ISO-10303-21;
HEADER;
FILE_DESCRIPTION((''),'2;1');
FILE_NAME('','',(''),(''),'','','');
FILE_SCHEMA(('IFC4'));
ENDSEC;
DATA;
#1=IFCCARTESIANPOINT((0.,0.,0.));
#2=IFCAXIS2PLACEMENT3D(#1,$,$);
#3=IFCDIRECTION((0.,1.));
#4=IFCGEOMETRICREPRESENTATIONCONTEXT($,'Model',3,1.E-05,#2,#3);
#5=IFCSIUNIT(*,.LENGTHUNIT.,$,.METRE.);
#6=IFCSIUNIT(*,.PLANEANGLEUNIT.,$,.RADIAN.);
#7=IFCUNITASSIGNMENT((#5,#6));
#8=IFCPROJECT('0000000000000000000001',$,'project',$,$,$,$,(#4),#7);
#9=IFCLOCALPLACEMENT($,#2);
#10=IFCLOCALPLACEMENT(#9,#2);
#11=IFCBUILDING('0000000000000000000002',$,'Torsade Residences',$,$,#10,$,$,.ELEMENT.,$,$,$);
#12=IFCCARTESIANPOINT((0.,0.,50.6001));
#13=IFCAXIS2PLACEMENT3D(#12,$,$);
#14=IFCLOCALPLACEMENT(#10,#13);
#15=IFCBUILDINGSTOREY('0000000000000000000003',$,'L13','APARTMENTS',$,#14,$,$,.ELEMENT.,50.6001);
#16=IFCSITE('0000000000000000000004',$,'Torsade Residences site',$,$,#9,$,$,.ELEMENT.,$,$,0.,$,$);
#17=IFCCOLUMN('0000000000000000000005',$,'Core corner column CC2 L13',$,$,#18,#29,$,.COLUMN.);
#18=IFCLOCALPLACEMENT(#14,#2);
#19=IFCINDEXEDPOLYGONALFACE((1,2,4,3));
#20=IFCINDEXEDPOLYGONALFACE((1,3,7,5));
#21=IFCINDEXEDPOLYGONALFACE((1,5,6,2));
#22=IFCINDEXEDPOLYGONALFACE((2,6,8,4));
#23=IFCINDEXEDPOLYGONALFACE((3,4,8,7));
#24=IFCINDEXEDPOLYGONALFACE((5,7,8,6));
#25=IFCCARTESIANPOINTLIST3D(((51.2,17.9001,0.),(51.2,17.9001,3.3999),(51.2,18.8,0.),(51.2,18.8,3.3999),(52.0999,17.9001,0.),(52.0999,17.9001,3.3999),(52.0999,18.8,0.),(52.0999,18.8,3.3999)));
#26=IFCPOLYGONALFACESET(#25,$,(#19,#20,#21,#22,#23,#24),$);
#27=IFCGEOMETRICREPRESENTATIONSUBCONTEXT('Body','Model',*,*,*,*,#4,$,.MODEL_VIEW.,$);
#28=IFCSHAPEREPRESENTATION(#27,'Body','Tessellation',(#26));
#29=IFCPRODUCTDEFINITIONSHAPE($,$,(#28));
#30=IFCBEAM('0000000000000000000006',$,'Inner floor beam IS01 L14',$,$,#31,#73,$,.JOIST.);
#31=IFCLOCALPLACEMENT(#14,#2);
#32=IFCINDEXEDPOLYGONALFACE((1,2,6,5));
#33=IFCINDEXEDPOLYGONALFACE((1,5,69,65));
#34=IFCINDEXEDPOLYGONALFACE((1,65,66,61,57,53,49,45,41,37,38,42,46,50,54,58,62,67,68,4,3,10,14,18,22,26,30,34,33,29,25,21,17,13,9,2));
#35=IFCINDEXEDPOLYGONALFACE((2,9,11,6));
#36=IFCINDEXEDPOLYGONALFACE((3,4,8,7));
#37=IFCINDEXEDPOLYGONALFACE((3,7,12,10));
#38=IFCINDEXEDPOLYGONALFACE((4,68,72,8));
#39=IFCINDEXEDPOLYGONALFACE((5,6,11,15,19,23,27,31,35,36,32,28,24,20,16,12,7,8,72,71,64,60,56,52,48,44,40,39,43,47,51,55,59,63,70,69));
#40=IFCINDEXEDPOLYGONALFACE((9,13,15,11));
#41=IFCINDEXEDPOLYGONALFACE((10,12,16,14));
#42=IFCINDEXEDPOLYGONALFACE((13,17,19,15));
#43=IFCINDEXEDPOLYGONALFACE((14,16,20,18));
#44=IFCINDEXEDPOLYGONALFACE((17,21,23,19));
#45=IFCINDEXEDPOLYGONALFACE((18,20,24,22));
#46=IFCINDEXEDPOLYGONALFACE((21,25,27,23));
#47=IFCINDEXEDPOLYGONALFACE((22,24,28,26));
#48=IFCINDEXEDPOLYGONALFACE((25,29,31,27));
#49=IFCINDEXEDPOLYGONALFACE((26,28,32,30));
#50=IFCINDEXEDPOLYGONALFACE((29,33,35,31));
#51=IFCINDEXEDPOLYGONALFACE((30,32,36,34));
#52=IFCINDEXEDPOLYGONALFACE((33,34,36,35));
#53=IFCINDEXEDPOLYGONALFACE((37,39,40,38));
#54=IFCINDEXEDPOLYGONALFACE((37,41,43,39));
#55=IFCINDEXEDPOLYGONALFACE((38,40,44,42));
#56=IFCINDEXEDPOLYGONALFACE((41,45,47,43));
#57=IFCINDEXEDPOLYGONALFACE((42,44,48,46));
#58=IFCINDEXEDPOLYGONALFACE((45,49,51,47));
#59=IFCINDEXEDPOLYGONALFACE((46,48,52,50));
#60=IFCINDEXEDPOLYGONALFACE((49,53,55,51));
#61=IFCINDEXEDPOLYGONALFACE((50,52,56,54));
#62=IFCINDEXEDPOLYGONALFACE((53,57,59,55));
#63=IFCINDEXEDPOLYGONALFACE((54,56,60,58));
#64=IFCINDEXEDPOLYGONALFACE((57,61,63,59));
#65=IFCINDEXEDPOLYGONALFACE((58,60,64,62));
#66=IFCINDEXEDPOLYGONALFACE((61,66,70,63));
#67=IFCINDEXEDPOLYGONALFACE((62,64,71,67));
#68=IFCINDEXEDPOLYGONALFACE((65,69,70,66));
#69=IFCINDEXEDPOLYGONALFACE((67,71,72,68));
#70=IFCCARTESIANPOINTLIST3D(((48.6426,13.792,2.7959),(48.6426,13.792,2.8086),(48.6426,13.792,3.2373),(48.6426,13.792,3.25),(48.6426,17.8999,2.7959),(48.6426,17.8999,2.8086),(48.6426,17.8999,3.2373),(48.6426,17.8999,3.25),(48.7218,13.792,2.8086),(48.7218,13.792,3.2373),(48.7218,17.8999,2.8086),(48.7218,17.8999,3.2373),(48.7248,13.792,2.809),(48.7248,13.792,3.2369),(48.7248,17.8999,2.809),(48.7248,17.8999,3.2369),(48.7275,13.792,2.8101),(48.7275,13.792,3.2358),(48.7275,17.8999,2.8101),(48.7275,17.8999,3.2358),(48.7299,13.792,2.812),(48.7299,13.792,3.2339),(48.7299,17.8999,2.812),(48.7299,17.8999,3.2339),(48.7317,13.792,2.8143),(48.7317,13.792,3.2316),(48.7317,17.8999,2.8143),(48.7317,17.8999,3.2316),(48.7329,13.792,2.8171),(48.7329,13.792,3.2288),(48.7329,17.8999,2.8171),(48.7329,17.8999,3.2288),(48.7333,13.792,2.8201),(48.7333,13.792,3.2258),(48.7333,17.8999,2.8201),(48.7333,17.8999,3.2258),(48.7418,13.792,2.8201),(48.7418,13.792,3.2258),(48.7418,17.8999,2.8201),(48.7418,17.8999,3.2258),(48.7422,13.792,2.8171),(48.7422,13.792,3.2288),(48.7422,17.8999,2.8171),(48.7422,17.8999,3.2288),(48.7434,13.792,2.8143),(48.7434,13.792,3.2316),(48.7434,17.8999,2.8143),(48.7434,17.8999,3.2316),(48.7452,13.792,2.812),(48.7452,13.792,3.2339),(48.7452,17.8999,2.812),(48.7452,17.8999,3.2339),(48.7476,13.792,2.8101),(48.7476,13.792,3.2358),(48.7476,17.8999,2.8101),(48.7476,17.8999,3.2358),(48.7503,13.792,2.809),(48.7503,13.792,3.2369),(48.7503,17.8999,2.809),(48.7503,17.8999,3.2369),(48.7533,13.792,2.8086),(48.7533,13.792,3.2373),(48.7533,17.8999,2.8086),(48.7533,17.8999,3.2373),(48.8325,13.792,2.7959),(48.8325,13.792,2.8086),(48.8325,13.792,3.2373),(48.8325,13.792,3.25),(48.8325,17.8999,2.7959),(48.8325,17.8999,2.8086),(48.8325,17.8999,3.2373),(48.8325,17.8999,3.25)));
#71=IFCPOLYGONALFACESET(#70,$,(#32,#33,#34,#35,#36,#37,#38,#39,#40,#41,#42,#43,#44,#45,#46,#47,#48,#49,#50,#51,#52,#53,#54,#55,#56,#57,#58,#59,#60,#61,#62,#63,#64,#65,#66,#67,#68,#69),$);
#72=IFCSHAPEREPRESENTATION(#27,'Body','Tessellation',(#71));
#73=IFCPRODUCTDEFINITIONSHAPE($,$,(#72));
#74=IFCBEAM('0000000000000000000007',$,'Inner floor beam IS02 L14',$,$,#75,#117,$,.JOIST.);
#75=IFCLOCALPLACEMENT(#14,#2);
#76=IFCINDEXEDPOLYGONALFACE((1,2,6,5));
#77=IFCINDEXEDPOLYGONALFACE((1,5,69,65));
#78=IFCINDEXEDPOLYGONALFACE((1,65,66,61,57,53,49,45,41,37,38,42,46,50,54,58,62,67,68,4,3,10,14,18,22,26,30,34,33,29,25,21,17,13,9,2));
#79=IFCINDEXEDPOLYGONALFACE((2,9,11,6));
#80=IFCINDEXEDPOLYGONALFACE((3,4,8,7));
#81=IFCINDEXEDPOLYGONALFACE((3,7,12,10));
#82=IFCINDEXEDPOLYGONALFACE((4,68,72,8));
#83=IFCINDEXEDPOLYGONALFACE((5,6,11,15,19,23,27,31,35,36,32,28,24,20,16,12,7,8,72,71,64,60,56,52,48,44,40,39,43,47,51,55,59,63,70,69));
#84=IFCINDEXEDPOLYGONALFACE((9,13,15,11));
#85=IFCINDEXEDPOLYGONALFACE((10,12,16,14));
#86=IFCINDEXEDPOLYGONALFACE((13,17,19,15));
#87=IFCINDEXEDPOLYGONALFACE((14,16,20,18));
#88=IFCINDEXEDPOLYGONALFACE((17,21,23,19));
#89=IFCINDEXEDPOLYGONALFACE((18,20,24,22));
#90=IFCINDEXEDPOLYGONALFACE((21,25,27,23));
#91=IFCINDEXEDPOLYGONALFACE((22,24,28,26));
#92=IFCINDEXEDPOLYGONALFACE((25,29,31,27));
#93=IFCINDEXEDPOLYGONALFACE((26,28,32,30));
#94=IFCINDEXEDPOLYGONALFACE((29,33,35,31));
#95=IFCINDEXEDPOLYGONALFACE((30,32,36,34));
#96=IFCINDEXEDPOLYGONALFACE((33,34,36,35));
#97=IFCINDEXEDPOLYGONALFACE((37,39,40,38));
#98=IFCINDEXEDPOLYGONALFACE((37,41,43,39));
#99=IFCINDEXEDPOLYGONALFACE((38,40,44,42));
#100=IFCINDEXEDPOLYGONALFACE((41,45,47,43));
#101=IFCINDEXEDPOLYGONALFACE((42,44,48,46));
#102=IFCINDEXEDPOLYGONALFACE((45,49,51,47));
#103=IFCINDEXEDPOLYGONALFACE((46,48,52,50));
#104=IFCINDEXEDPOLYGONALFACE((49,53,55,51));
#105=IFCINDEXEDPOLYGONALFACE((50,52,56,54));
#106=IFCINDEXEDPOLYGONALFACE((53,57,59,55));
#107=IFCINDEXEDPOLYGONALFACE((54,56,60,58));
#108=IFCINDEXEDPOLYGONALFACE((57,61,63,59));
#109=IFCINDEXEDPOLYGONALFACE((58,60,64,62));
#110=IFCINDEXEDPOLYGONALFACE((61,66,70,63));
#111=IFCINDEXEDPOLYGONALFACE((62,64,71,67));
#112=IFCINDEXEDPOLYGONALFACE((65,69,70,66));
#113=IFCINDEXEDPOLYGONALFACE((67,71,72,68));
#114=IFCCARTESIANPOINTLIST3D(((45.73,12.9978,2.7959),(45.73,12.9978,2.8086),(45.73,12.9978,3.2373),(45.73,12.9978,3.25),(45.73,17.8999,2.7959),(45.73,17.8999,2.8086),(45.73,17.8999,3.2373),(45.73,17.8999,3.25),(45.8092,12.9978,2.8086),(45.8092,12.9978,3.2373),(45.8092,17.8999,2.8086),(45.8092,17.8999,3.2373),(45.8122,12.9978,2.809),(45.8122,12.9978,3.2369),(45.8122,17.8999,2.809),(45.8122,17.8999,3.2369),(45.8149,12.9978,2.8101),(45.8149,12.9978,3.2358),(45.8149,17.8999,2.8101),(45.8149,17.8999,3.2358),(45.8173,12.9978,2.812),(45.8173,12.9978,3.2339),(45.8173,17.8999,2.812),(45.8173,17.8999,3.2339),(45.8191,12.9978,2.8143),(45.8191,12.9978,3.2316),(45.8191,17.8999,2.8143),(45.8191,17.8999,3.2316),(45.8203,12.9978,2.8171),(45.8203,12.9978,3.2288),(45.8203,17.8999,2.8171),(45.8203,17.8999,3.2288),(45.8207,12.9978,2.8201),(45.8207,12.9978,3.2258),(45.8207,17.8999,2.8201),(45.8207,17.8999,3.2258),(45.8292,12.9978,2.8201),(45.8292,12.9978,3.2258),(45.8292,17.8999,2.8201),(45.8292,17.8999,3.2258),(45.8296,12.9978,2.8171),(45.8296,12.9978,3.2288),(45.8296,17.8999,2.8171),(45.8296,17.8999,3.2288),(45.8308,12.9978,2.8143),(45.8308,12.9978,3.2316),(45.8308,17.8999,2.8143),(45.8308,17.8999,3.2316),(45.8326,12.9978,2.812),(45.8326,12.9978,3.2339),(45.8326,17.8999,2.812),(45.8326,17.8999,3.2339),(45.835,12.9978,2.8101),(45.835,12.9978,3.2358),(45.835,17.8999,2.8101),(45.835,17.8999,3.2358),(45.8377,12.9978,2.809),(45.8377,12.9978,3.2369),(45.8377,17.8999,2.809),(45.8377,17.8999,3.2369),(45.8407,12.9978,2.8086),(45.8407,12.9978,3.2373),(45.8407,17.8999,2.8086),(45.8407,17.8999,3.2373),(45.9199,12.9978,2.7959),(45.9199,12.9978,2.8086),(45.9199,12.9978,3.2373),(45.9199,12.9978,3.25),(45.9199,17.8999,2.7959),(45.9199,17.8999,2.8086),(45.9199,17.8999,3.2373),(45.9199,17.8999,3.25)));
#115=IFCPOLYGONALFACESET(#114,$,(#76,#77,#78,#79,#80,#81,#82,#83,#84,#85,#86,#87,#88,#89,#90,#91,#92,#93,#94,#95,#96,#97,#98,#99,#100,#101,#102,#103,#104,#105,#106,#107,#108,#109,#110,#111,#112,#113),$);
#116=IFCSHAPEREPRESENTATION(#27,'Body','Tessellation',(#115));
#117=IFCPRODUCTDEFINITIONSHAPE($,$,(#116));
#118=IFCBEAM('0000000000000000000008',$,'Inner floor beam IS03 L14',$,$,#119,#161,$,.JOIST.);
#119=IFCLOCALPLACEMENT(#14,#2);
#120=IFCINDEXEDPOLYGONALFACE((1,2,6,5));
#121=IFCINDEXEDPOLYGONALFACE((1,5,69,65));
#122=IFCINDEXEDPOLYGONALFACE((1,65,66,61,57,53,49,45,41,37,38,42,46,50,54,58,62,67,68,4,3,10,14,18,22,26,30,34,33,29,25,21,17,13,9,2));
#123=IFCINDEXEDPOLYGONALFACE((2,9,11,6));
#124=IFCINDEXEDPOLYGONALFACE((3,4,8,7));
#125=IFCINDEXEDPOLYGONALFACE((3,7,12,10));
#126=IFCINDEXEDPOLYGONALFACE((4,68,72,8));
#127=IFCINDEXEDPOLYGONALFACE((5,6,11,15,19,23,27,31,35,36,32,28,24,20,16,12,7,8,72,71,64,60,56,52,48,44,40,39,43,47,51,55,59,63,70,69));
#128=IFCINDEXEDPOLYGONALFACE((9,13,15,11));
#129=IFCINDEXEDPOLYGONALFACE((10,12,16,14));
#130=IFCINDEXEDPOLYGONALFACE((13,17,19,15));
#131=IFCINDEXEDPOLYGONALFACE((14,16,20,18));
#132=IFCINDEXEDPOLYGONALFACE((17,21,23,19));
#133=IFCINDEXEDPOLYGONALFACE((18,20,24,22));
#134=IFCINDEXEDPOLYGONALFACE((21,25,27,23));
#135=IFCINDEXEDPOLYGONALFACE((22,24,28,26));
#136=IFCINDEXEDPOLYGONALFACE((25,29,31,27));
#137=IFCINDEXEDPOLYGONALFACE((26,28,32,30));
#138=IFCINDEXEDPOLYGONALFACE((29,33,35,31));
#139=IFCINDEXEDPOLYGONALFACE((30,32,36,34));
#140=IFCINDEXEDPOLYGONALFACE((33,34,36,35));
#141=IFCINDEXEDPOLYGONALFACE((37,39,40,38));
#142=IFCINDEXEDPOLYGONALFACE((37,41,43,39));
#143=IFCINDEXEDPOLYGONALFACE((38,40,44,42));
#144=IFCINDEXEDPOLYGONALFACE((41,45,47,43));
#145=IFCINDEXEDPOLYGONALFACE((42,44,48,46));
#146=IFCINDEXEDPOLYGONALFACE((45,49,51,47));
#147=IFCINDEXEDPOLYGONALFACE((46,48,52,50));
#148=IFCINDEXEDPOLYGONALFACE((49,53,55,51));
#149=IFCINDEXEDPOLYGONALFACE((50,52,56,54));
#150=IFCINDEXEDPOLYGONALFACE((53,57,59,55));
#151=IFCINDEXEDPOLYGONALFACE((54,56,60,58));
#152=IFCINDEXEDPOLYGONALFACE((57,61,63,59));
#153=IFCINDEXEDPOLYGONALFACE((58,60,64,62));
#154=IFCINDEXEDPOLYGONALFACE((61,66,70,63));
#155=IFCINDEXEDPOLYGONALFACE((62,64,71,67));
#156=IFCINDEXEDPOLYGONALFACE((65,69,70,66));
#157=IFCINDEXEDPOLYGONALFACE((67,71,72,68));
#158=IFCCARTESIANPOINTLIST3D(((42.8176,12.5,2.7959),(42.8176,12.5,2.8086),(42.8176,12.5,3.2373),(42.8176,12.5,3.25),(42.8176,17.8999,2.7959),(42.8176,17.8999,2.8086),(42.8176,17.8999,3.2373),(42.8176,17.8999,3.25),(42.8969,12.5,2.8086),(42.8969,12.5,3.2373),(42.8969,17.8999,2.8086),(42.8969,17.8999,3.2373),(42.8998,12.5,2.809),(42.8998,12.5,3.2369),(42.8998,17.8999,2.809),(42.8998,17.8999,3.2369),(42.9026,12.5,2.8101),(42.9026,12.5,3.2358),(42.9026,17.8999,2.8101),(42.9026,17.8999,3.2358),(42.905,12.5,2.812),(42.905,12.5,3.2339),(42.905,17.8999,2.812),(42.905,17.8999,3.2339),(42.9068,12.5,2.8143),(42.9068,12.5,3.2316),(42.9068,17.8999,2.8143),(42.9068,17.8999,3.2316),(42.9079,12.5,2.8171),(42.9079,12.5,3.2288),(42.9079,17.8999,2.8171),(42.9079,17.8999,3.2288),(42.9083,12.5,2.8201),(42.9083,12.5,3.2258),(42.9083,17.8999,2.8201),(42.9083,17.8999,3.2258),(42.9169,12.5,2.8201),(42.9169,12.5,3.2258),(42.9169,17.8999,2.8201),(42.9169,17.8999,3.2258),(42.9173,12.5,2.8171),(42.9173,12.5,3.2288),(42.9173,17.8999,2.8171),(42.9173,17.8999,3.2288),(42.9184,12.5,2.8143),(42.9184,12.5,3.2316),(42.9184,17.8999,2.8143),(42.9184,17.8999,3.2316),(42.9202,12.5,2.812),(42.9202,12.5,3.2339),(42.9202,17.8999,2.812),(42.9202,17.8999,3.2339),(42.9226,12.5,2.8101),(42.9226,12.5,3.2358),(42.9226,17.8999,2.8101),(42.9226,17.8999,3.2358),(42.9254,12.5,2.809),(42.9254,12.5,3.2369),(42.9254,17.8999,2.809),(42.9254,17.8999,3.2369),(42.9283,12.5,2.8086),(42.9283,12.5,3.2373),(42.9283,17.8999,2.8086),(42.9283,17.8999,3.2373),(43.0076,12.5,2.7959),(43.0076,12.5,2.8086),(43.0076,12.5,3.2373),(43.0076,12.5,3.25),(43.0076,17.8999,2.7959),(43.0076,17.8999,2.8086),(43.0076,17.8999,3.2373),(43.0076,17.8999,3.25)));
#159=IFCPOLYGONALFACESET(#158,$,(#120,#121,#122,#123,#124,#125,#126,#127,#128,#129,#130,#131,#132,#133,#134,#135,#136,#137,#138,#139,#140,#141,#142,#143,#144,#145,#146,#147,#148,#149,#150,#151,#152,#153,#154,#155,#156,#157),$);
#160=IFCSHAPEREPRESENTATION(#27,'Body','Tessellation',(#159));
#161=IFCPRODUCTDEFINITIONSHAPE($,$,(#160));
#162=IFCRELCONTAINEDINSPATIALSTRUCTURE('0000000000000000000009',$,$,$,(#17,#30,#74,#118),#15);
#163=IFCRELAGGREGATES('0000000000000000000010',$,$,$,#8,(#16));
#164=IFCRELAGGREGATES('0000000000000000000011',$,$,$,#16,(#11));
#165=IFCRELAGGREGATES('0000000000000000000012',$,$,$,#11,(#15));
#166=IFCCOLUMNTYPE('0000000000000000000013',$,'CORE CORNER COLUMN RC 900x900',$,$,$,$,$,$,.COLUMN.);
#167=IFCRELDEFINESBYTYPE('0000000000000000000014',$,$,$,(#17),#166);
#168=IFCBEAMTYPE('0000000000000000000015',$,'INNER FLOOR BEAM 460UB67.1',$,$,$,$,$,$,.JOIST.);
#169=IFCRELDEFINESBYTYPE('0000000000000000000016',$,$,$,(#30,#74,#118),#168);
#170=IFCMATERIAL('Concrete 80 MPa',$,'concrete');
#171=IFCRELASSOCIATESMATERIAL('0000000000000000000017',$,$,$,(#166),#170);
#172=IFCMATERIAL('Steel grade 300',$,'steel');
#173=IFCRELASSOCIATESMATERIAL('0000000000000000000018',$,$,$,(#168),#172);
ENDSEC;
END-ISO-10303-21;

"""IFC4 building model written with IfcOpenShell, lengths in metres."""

from ifc_helpers import new_model, si_unit, direction, frame, origin, origin_2d, place, context, subcontext, project, spatial, rectangle, i_section, extrude, material, material_profile, profile_set, type_object, element, save


model = new_model("IFC4")

# Units and contexts
model_context = context("Model", 3, precision=1e-05, world=origin(), true_north=direction((0.0, 1.0)))
body_context = subcontext(model_context, "Body", "Model", "MODEL_VIEW")
ifc_project = project(units=[si_unit("LENGTHUNIT", "METRE"), si_unit("PLANEANGLEUNIT", "RADIAN")], contexts=[model_context])

# Site, building, storey
site_placement = place(None, origin())
site = spatial("IfcSite", under=ifc_project, at=site_placement, Name="Torsade Residences site", CompositionType="ELEMENT", RefElevation=0.0)
building_placement = place(site_placement, origin())
building = spatial("IfcBuilding", under=site, at=building_placement, Name="Torsade Residences", CompositionType="ELEMENT")
storey_placement = place(building_placement, frame((0.0, 0.0, 50.6001)))
storey = spatial("IfcBuildingStorey", under=building, at=storey_placement, Name="L13", Description="APARTMENTS", CompositionType="ELEMENT", Elevation=50.6001)

# Column
ifc_material_1 = material(Name="Concrete 80 MPa", Category="concrete")
ifc_material_profile_1 = material_profile(ifc_material_1, rectangle(XDim=0.8999, YDim=0.8999, at=origin_2d()), Name="RC 900x900")
ifc_profile_set_1 = profile_set([ifc_material_profile_1], Name="Concrete 80 MPa")
column_type = type_object("IfcColumnType", Name="CORE CORNER COLUMN RC 900x900", PredefinedType="COLUMN", material=ifc_profile_set_1)
column_placement = place(storey_placement, frame((51.6499, 18.3501, 0.0), z_axis=(0.0, 0.0, 1.0), x_axis=(1.0, 0.0, 0.0)))
element("IfcColumn", 1, at=column_placement, inside=storey, type_object=column_type, Name="Core corner column CC2 L13", PredefinedType="COLUMN", context=body_context, shape_type="SweptSolid", body=[
    extrude(rectangle(XDim=0.8999, YDim=0.8999, at=origin_2d()), origin(), (0.0, 0.0, 1.0), 3.3999),
])

# Beams
ifc_material_2 = material(Name="Steel grade 300", Category="steel")
ifc_material_profile_2 = material_profile(ifc_material_2, i_section(OverallWidth=0.1899, OverallDepth=0.4541, WebThickness=0.0085, FlangeThickness=0.0127, FilletRadius=0.0115, at=origin_2d()), Name="460UB67.1")
ifc_profile_set_2 = profile_set([ifc_material_profile_2], Name="Steel grade 300")
beam_type_1 = type_object("IfcBeamType", Name="INNER FLOOR BEAM 460UB67.1", PredefinedType="JOIST", material=ifc_profile_set_2)
beam_1_placement = place(storey_placement, frame((48.7375, 17.8999, 3.0229), z_axis=(0.0, -1.0, 0.0), x_axis=(1.0, 0.0, 0.0)))
element("IfcBeam", 2, at=beam_1_placement, inside=storey, type_object=beam_type_1, Name="Inner floor beam IS01 L14", PredefinedType="JOIST", context=body_context, shape_type="SweptSolid", body=[
    extrude(i_section(OverallWidth=0.1899, OverallDepth=0.4541, WebThickness=0.0085, FlangeThickness=0.0127, FilletRadius=0.0115, at=origin_2d()), origin(), (0.0, 0.0, 1.0), 4.1079),
])
beam_2_placement = place(storey_placement, frame((45.825, 17.8999, 3.0229), z_axis=(0.0, -1.0, 0.0), x_axis=(1.0, 0.0, 0.0)))
element("IfcBeam", 3, at=beam_2_placement, inside=storey, type_object=beam_type_1, Name="Inner floor beam IS02 L14", PredefinedType="JOIST", context=body_context, shape_type="SweptSolid", body=[
    extrude(i_section(OverallWidth=0.1899, OverallDepth=0.4541, WebThickness=0.0085, FlangeThickness=0.0127, FilletRadius=0.0115, at=origin_2d()), origin(), (0.0, 0.0, 1.0), 4.9021),
])
for number, where, z_axis, x_axis, name in (
    (4, (42.9126, 17.8999, 3.0229), (0.0, -1.0, 0.0), (1.0, 0.0, 0.0), "Inner floor beam IS03 L14"),
):
    element("IfcBeam", number, at=place(storey_placement, frame(where, z_axis=z_axis, x_axis=x_axis)), inside=storey, type_object=beam_type_1, Name=name, PredefinedType="JOIST", context=body_context, shape_type="SweptSolid", body=[
        extrude(i_section(OverallWidth=0.1899, OverallDepth=0.4541, WebThickness=0.0085, FlangeThickness=0.0127, FilletRadius=0.0115, at=origin_2d()), origin(), (0.0, 0.0, 1.0), 5.3999),
    ])

save(model, "model.ifc")
